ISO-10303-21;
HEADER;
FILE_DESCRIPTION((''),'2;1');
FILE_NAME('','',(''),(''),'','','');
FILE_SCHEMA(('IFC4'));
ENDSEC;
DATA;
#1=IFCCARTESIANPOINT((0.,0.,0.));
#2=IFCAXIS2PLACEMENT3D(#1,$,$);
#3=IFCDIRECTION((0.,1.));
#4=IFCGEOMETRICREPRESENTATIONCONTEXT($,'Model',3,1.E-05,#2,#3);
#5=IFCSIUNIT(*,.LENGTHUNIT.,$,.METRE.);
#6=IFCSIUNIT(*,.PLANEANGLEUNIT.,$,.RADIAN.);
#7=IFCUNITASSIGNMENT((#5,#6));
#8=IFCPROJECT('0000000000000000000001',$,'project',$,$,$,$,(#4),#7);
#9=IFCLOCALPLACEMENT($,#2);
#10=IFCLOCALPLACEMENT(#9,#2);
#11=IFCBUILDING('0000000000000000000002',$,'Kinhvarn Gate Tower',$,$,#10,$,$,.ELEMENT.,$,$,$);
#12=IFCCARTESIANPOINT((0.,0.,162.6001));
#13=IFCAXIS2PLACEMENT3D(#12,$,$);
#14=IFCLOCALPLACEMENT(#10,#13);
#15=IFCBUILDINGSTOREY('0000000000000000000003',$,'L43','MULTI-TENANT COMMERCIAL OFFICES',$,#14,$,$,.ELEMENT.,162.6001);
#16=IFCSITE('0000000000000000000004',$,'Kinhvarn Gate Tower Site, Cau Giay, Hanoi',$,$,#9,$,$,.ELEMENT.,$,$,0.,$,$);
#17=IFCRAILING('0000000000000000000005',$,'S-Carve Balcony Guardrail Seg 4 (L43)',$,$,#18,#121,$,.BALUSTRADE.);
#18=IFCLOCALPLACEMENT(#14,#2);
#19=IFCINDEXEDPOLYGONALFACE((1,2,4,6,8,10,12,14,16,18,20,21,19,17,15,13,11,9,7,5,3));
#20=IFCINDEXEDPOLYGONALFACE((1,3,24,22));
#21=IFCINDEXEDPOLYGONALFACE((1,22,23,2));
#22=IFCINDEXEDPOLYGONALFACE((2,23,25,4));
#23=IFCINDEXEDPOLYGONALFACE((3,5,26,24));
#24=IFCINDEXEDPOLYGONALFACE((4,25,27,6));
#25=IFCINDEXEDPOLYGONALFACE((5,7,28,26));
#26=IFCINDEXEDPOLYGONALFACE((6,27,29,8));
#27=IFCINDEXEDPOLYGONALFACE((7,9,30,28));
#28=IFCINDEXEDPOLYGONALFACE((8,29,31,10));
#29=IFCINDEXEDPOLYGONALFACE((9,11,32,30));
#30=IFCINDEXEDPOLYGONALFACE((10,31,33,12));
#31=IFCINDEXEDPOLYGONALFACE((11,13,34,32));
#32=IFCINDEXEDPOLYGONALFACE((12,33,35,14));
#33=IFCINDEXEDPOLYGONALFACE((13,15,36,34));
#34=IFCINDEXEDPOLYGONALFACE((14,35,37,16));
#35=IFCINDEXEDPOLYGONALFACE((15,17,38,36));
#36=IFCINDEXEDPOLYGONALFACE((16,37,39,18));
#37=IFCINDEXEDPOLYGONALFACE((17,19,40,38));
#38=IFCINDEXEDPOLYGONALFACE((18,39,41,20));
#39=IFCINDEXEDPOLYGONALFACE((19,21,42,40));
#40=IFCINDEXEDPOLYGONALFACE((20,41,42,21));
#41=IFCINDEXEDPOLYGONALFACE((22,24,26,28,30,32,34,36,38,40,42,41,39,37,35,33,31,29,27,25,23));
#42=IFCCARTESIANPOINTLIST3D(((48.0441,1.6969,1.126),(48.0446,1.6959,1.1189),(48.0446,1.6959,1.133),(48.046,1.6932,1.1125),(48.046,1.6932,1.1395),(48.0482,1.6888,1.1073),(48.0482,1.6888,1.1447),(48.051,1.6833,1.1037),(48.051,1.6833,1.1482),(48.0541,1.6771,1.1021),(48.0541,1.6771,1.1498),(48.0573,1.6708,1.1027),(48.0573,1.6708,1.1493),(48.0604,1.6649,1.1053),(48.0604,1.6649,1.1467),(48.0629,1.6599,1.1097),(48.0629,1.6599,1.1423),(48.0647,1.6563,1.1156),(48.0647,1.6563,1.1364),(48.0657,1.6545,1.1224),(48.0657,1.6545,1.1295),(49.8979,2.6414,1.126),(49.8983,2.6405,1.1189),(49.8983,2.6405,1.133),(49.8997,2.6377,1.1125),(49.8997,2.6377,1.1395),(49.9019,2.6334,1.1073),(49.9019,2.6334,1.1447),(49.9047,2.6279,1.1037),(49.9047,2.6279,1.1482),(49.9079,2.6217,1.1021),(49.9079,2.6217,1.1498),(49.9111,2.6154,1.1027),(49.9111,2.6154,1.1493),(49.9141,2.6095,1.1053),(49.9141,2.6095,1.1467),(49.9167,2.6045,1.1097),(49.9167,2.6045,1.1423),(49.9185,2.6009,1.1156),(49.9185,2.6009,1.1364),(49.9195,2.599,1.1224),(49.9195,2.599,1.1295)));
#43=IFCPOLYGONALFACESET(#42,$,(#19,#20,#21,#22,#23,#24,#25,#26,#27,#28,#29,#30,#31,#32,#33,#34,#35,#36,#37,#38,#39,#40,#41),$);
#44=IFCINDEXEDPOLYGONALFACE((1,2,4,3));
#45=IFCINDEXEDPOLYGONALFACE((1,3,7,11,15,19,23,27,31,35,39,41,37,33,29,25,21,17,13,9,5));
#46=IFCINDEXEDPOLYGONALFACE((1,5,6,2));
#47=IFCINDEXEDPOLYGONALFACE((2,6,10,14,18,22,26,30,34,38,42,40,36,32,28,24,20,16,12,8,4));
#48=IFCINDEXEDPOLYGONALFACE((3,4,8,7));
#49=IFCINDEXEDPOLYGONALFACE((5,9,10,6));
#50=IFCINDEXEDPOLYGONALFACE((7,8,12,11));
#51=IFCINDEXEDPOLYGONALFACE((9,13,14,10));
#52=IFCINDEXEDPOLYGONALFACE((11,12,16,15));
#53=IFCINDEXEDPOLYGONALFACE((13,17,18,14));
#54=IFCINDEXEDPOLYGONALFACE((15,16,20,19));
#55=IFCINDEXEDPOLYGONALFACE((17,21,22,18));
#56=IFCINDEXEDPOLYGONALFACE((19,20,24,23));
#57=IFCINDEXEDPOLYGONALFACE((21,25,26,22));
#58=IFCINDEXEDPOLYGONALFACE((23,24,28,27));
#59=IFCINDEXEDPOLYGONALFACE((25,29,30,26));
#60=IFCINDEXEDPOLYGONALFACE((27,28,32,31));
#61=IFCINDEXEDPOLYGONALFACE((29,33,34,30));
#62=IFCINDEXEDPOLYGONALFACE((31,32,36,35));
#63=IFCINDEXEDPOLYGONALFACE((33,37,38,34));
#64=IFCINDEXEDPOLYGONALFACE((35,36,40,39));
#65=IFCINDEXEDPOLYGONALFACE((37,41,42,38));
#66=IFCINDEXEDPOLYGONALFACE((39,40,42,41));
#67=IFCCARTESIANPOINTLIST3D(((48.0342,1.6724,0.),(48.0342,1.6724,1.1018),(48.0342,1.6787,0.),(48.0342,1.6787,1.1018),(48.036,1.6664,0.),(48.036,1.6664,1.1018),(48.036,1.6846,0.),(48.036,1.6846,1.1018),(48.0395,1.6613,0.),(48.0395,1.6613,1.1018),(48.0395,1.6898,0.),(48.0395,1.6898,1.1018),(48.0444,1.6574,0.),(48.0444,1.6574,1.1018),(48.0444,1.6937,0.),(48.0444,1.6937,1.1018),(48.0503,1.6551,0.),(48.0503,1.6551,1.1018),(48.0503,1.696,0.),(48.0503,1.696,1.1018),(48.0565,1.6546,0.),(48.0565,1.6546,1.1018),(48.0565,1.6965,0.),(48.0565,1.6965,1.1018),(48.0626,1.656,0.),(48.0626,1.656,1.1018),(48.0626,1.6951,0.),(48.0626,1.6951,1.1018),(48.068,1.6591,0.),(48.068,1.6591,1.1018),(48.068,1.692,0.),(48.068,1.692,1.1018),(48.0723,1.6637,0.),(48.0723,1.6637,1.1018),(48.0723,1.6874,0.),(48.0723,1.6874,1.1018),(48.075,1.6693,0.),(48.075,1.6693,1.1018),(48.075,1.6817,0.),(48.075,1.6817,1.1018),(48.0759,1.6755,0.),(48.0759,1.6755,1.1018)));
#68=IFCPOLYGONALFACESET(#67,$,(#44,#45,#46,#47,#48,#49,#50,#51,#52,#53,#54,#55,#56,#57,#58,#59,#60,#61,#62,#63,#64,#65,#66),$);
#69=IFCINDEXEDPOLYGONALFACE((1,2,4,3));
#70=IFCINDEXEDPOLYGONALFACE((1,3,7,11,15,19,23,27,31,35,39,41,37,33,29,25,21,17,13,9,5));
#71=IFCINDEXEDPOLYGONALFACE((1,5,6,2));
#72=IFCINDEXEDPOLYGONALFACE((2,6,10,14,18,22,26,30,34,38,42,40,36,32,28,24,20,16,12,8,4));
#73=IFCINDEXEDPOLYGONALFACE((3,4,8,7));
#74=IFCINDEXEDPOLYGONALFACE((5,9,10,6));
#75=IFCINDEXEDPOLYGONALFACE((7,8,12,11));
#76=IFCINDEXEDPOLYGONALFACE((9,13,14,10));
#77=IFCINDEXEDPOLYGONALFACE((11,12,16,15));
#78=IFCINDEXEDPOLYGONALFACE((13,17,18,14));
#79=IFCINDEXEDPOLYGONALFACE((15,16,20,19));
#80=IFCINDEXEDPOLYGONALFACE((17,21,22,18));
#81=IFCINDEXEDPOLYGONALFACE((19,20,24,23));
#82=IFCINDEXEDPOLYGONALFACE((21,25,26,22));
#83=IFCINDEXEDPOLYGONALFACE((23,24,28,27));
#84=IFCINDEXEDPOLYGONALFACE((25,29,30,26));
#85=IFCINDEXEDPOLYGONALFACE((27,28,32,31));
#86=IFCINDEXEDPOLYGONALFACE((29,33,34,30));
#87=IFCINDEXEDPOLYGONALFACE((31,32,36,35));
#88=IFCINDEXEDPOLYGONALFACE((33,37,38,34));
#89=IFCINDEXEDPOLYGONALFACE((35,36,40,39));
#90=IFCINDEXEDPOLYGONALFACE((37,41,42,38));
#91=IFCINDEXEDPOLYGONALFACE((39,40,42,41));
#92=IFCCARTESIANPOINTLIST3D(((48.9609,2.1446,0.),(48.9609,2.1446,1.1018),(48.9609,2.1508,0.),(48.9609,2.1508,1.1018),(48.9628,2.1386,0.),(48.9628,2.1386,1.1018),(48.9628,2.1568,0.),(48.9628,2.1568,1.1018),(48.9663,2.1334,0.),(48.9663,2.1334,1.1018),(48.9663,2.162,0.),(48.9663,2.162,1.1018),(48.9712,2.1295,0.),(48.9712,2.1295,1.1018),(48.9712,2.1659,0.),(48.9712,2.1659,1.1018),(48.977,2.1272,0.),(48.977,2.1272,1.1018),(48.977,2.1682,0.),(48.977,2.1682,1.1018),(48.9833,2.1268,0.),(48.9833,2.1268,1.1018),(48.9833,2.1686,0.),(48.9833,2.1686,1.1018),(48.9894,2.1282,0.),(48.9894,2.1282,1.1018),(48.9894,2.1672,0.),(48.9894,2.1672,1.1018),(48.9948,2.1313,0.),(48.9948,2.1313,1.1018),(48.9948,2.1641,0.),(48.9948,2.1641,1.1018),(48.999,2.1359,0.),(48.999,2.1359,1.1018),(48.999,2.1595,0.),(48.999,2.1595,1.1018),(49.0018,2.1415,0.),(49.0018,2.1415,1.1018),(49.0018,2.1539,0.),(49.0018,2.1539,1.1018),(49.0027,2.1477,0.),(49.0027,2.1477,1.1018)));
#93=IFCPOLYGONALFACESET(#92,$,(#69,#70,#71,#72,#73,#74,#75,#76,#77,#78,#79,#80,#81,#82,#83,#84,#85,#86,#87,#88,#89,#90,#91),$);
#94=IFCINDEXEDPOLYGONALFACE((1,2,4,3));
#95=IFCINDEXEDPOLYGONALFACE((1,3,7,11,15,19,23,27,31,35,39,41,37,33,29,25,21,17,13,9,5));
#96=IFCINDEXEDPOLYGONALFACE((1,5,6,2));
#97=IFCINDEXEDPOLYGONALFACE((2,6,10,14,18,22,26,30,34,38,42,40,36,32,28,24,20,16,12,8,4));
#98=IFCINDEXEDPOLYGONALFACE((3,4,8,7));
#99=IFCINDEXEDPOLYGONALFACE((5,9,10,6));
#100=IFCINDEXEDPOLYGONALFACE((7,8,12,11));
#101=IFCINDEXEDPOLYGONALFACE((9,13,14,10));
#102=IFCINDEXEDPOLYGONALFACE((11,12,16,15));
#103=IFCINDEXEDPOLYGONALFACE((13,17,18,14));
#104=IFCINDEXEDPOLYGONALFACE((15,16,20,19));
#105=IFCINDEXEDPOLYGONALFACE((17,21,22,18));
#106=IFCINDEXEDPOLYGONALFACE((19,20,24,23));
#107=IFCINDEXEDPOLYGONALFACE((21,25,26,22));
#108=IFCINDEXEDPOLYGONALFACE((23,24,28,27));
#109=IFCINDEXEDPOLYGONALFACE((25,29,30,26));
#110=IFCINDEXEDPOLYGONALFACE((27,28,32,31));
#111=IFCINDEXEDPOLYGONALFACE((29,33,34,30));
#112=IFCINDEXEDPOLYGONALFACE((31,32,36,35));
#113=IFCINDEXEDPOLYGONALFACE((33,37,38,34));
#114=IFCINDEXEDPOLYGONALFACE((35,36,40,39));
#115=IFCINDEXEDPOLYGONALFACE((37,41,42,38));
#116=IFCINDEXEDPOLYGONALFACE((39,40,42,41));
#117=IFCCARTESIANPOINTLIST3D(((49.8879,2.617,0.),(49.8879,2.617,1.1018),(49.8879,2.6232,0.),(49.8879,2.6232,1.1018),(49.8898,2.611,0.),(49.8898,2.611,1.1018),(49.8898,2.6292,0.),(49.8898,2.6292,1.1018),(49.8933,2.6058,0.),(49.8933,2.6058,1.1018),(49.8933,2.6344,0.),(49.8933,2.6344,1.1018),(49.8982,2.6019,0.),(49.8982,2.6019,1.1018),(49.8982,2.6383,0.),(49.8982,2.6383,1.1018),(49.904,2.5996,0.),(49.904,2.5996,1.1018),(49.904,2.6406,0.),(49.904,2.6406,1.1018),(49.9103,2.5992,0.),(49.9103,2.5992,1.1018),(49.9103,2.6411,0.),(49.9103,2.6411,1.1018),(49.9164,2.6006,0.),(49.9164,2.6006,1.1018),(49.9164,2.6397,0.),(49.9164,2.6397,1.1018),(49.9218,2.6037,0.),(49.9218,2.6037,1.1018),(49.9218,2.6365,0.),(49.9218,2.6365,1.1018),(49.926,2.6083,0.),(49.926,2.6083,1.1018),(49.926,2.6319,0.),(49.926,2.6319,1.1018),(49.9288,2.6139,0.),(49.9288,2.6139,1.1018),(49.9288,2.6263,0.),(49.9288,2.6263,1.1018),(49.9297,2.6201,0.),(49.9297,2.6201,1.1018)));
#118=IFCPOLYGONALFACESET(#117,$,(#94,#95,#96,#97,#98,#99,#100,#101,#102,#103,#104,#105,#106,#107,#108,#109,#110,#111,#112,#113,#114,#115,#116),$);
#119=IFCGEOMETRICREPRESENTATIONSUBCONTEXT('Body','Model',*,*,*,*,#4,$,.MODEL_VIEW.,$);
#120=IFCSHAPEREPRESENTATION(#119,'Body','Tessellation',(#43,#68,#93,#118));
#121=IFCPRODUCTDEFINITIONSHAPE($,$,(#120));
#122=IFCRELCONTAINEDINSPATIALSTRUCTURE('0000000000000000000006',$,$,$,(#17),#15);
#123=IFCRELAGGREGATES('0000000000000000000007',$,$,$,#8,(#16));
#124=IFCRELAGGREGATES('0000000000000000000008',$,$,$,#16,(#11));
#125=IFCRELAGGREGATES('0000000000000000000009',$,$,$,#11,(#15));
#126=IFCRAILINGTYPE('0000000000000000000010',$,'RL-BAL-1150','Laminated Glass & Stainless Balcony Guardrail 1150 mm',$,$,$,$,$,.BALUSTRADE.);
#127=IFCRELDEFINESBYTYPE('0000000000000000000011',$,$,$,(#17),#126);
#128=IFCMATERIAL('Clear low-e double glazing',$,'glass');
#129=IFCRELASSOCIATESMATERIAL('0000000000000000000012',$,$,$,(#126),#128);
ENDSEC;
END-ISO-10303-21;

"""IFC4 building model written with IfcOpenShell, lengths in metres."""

from ifc_helpers import new_model, si_unit, direction, frame, origin, origin_2d, place, context, subcontext, project, spatial, circle, extrude, material, type_object, element, save


model = new_model("IFC4")

# Units and contexts
model_context = context("Model", 3, precision=1e-05, world=origin(), true_north=direction((0.0, 1.0)))
body_context = subcontext(model_context, "Body", "Model", "MODEL_VIEW")
ifc_project = project(units=[si_unit("LENGTHUNIT", "METRE"), si_unit("PLANEANGLEUNIT", "RADIAN")], contexts=[model_context])

# Site, building, storey
site_placement = place(None, origin())
site = spatial("IfcSite", under=ifc_project, at=site_placement, Name="Kinhvarn Gate Tower Site, Cau Giay, Hanoi", CompositionType="ELEMENT", RefElevation=0.0)
building_placement = place(site_placement, origin())
building = spatial("IfcBuilding", under=site, at=building_placement, Name="Kinhvarn Gate Tower", CompositionType="ELEMENT")
storey_placement = place(building_placement, frame((0.0, 0.0, 162.6001)))
storey = spatial("IfcBuildingStorey", under=building, at=storey_placement, Name="L43", Description="MULTI-TENANT COMMERCIAL OFFICES", CompositionType="ELEMENT", Elevation=162.6001)

# Shared definitions
ifc_material_1 = material(Name="Clear low-e double glazing", Category="glass")

# Railing
railing_type = type_object("IfcRailingType", Name="RL-BAL-1150", Description="Laminated Glass & Stainless Balcony Guardrail 1150 mm", PredefinedType="BALUSTRADE", material=ifc_material_1)
railing_1_placement = place(storey_placement, frame((48.0549, 1.6755, 0.0)))
element("IfcRailing", 1, at=railing_1_placement, inside=storey, type_object=railing_type, Name="S-Carve Balcony Guardrail Seg 4 (L43)", PredefinedType="BALUSTRADE", context=body_context, shape_type="SweptSolid", body=[
    extrude(circle(Radius=0.0239, at=origin_2d()), frame((0.0, 0.0, 1.126), z_axis=(0.890998, 0.454007, 0.0), x_axis=(-0.454007, 0.890998, 0.0)), (0.0, 0.0, 1.0), 2.0806),
    extrude(circle(Radius=0.021, at=origin_2d()), origin(), (0.0, 0.0, 1.0), 1.1018),
    extrude(circle(Radius=0.021, at=origin_2d()), frame((0.9268, 0.4722, 0.0)), (0.0, 0.0, 1.0), 1.1018),
    extrude(circle(Radius=0.021, at=origin_2d()), frame((1.8538, 0.9446, 0.0)), (0.0, 0.0, 1.0), 1.1018),
])

save(model, "model.ifc")
